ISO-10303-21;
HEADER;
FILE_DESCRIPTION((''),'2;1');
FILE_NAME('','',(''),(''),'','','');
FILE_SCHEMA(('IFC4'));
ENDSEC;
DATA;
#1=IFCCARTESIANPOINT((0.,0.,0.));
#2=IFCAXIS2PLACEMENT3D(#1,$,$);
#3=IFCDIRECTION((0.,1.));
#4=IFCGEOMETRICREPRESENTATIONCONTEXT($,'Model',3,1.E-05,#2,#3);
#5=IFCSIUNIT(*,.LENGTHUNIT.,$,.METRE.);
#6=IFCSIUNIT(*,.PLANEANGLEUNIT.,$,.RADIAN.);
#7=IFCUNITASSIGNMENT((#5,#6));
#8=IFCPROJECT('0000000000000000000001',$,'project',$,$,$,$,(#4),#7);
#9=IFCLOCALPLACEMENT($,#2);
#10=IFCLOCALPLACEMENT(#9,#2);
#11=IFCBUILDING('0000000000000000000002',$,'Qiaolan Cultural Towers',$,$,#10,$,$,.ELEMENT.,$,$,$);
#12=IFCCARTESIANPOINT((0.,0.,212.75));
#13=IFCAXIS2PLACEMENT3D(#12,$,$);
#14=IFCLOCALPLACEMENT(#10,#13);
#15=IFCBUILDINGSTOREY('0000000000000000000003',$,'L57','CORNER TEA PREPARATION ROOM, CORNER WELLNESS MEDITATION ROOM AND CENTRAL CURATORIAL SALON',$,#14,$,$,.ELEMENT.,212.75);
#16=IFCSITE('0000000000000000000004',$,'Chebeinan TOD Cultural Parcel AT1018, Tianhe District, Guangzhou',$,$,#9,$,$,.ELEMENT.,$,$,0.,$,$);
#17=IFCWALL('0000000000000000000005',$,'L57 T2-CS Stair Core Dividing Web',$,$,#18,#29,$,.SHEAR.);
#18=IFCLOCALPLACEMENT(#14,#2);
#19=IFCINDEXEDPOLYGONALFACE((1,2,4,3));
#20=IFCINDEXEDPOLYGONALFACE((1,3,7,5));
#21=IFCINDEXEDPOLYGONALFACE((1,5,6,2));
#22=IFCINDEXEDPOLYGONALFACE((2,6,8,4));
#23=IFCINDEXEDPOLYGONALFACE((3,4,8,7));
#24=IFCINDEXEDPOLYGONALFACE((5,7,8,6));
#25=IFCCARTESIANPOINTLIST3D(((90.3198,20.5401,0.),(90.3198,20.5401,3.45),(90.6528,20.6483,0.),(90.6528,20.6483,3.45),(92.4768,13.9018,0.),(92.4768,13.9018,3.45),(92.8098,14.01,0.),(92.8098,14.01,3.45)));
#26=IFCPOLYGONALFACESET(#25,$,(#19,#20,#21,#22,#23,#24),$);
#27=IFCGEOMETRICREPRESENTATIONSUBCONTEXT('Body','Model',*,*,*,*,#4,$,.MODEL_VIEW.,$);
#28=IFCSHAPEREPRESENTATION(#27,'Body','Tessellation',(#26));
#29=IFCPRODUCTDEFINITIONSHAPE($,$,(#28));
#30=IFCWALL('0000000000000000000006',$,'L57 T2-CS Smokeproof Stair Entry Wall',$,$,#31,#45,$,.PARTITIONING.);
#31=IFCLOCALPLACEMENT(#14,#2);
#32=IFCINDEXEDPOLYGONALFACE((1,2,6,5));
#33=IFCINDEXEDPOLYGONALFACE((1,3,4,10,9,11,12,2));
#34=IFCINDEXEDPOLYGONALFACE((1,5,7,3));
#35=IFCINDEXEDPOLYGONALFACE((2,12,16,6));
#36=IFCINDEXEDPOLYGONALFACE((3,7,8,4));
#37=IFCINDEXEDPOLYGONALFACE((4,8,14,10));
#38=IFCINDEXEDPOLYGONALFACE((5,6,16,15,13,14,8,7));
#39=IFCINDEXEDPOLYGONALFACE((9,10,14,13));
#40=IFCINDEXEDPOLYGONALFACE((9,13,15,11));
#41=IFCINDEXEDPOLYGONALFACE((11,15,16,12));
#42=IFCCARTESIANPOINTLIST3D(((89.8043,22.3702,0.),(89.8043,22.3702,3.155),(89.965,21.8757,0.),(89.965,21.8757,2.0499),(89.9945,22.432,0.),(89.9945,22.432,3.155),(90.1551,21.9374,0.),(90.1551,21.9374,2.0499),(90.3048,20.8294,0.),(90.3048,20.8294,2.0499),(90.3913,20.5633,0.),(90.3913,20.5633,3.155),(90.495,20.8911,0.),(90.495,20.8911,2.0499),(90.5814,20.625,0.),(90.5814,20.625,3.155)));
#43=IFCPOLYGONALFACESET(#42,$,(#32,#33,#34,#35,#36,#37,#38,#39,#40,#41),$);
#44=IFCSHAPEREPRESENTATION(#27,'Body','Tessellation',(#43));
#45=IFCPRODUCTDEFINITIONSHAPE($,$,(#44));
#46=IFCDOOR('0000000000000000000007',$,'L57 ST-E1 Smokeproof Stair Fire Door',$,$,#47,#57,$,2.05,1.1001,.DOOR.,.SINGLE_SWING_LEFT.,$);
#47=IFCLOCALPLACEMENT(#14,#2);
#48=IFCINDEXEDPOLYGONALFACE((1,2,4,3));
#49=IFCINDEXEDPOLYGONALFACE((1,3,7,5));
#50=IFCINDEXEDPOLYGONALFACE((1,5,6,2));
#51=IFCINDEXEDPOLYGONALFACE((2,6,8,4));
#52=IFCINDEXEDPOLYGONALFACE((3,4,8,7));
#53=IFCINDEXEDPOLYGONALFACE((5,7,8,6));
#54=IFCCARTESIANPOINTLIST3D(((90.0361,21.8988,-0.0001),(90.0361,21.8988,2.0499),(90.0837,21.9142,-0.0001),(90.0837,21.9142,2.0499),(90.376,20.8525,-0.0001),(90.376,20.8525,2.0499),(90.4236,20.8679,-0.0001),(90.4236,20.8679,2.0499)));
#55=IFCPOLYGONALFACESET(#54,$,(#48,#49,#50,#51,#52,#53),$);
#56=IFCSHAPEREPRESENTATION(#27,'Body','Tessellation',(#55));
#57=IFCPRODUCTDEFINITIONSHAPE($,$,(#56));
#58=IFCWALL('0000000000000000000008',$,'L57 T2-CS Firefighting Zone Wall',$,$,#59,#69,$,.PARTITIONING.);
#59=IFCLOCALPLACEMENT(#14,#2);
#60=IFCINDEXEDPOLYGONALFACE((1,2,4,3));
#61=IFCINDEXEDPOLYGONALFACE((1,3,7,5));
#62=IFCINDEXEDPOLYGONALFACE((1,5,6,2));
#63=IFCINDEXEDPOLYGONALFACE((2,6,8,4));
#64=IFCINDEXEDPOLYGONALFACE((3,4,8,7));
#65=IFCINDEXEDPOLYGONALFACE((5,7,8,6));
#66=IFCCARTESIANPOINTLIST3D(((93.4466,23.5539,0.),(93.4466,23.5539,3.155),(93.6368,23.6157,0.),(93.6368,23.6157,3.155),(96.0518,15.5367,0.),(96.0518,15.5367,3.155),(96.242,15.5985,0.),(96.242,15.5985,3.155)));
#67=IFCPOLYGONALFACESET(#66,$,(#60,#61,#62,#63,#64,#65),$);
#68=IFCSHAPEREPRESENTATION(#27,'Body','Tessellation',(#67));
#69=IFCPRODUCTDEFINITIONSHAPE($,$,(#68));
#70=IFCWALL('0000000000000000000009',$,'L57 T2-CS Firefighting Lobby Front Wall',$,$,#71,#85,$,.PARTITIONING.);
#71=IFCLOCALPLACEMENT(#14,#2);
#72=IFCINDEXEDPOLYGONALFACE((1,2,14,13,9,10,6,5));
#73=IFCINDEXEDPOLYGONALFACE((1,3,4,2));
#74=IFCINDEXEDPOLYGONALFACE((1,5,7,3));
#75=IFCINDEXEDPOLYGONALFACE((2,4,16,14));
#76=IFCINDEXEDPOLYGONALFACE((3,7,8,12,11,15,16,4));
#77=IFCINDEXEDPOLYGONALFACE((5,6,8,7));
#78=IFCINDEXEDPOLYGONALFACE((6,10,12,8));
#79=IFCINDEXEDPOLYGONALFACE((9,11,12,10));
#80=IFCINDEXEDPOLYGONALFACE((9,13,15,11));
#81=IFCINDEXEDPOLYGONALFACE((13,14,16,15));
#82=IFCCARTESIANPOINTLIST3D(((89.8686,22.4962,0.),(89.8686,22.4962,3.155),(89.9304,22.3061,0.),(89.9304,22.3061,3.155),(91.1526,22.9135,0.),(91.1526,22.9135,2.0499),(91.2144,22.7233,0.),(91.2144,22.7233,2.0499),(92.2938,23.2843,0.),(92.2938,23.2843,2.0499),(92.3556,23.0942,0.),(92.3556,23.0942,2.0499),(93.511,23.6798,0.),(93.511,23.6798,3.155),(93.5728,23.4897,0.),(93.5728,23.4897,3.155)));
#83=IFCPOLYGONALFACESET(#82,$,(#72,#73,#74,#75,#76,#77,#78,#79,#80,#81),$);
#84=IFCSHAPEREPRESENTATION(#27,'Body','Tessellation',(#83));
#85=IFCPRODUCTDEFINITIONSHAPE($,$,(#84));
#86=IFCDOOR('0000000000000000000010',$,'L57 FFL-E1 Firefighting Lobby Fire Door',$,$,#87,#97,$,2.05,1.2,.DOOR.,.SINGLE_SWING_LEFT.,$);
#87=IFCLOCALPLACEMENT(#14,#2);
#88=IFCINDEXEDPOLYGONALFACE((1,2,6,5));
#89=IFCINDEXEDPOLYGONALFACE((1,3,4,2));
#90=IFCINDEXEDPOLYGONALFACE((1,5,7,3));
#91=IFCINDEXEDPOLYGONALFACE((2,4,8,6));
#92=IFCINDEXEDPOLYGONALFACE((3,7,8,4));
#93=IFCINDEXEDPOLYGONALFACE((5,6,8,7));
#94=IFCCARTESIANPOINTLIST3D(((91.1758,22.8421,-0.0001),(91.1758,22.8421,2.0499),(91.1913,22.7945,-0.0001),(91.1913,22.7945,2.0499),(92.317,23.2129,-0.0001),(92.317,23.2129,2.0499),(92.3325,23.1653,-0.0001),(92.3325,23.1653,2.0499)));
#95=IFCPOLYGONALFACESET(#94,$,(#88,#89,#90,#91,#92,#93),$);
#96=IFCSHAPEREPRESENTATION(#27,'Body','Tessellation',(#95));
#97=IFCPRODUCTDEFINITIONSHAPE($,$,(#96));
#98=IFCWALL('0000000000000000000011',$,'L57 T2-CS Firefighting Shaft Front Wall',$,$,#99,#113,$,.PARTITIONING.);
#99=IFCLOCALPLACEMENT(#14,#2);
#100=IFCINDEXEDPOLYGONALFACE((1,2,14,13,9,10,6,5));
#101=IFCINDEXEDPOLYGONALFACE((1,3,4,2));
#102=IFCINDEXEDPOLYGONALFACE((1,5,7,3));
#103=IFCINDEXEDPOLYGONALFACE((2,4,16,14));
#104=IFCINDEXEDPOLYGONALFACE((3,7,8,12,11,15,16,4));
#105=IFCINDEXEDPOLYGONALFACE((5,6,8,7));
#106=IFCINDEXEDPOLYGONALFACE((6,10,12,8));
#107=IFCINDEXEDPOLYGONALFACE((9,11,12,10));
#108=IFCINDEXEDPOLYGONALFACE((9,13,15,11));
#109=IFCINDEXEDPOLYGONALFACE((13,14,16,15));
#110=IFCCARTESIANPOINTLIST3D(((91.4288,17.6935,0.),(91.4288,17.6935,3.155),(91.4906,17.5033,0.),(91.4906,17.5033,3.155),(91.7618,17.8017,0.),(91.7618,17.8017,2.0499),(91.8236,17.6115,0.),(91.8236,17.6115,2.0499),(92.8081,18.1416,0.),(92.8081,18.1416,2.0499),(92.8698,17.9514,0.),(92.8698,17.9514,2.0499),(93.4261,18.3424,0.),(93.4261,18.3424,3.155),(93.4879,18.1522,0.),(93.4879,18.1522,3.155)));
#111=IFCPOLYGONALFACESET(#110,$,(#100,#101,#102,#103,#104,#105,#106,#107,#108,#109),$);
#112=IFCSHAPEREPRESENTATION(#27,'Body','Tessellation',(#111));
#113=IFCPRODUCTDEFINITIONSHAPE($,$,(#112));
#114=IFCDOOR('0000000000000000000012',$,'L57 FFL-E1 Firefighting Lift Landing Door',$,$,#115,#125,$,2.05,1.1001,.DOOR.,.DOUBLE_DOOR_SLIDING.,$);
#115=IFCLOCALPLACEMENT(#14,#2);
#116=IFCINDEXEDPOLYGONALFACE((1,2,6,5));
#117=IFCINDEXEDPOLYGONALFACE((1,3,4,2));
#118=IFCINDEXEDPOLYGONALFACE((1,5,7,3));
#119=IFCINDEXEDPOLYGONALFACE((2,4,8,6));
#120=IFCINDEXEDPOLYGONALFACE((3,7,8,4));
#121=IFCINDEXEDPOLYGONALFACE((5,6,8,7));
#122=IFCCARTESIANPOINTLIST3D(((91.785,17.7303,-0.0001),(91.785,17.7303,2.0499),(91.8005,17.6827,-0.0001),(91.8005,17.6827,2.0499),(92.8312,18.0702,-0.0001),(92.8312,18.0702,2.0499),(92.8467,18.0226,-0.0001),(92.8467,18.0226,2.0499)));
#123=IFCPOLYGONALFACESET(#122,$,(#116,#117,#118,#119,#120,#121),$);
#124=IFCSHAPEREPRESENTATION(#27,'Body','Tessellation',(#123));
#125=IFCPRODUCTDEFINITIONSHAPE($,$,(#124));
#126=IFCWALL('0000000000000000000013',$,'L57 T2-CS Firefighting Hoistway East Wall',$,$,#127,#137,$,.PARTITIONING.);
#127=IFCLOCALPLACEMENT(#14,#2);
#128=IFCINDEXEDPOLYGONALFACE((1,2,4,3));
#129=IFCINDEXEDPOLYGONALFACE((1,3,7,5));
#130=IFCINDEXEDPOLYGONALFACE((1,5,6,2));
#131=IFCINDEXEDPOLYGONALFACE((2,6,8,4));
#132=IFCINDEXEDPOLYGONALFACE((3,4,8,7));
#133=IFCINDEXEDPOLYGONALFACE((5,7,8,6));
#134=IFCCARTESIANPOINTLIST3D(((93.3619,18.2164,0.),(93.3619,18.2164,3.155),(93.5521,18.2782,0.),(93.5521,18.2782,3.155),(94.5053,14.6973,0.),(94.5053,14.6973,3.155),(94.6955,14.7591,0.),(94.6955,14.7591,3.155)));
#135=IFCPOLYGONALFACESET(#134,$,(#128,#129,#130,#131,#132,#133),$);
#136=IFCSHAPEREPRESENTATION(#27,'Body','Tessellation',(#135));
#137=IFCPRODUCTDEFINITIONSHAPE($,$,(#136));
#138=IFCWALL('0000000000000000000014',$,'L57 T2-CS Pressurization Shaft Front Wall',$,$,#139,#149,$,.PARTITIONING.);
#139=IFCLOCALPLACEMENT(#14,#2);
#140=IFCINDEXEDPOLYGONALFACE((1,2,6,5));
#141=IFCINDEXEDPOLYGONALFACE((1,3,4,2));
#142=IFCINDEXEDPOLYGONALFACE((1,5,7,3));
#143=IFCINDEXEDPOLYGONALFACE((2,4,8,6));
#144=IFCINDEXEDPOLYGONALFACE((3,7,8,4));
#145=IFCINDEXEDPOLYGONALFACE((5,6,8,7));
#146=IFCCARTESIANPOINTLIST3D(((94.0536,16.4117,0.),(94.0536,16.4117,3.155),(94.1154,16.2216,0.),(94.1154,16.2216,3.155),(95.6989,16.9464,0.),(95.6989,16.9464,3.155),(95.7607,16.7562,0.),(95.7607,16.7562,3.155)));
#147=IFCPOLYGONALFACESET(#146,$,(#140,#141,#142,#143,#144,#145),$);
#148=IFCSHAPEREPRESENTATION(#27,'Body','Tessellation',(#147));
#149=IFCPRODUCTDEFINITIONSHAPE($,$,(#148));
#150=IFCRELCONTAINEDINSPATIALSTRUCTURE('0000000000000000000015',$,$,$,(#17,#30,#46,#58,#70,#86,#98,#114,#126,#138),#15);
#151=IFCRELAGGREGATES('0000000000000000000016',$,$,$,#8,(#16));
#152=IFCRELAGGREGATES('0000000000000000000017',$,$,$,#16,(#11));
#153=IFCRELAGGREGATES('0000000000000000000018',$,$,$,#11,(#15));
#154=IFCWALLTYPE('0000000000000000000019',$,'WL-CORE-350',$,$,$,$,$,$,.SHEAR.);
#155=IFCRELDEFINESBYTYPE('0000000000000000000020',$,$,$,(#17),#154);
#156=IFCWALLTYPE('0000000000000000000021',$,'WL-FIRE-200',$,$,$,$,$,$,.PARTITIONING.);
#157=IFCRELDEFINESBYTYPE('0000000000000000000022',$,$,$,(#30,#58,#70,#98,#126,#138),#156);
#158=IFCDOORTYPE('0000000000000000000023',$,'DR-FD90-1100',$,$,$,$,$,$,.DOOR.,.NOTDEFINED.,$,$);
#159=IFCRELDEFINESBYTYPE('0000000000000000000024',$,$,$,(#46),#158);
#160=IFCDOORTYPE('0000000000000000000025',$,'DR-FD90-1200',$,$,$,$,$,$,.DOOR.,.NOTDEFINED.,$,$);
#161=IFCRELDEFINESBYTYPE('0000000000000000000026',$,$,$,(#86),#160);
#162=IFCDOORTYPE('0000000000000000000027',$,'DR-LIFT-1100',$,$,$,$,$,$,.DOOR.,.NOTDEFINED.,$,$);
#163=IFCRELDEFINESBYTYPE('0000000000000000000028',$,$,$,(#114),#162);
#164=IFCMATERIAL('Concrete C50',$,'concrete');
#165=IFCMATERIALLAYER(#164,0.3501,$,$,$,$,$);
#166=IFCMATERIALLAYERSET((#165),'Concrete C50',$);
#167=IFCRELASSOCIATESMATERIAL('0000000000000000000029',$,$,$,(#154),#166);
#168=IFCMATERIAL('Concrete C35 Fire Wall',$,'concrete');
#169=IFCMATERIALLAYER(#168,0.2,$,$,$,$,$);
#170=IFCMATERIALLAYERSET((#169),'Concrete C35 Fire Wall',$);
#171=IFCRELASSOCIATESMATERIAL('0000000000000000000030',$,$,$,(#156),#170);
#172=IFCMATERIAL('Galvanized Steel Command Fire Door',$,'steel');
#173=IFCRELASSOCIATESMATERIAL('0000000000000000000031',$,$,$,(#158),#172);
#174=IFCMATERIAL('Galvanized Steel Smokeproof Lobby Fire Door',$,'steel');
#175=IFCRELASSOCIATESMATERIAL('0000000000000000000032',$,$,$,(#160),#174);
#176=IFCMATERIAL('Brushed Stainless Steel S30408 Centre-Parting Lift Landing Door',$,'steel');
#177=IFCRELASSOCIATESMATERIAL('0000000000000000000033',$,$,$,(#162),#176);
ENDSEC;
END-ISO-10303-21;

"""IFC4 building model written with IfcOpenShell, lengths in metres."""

from ifc_helpers import new_model, si_unit, direction, frame, frame_2d, origin, place, context, subcontext, project, spatial, rectangle, extrude, material, layer, layer_set, type_object, element, fill, save


model = new_model("IFC4")

# Units and contexts
model_context = context("Model", 3, precision=1e-05, world=origin(), true_north=direction((0.0, 1.0)))
body_context = subcontext(model_context, "Body", "Model", "MODEL_VIEW")
ifc_project = project(units=[si_unit("LENGTHUNIT", "METRE"), si_unit("PLANEANGLEUNIT", "RADIAN")], contexts=[model_context])

# Site, building, storey
site_placement = place(None, origin())
site = spatial("IfcSite", under=ifc_project, at=site_placement, Name="Chebeinan TOD Cultural Parcel AT1018, Tianhe District, Guangzhou", CompositionType="ELEMENT", RefElevation=0.0)
building_placement = place(site_placement, origin())
building = spatial("IfcBuilding", under=site, at=building_placement, Name="Qiaolan Cultural Towers", CompositionType="ELEMENT")
storey_placement = place(building_placement, frame((0.0, 0.0, 212.75)))
storey = spatial("IfcBuildingStorey", under=building, at=storey_placement, Name="L57", Description="CORNER TEA PREPARATION ROOM, CORNER WELLNESS MEDITATION ROOM AND CENTRAL CURATORIAL SALON", CompositionType="ELEMENT", Elevation=212.75)

# Wall
ifc_material_1 = material(Name="Concrete C50", Category="concrete")
ifc_layer_1 = layer(ifc_material_1, 0.3501)
ifc_layer_set_1 = layer_set([ifc_layer_1], Name="Concrete C50")
wall_type_1 = type_object("IfcWallType", Name="WL-CORE-350", PredefinedType="SHEAR", material=ifc_layer_set_1)
wall_1_placement = place(storey_placement, frame((90.4863, 20.5942, 0.0), z_axis=(0.0, 0.0, 1.0), x_axis=(0.30902, -0.951055, 0.0)))
element("IfcWall", 1, at=wall_1_placement, inside=storey, type_object=wall_type_1, Name="L57 T2-CS Stair Core Dividing Web", PredefinedType="SHEAR", context=body_context, shape_type="SweptSolid", body=[
    extrude(rectangle(XDim=6.98, YDim=0.3501, at=frame_2d((3.49, 0.0))), origin(), (0.0, 0.0, 1.0), 3.45),
])

# Wall, opening, door
ifc_material_2 = material(Name="Concrete C35 Fire Wall", Category="concrete")
ifc_layer_2 = layer(ifc_material_2, 0.2)
ifc_layer_set_2 = layer_set([ifc_layer_2], Name="Concrete C35 Fire Wall")
wall_type_2 = type_object("IfcWallType", Name="WL-FIRE-200", PredefinedType="PARTITIONING", material=ifc_layer_set_2)
wall_2_placement = place(storey_placement, frame((89.8994, 22.4011, 0.0), z_axis=(0.0, 0.0, 1.0), x_axis=(0.308932, -0.951084, 0.0)))
wall_2 = element("IfcWall", 2, at=wall_2_placement, inside=storey, type_object=wall_type_2, Name="L57 T2-CS Smokeproof Stair Entry Wall", PredefinedType="PARTITIONING", context=body_context, shape_type="SweptSolid", body=[
    extrude(rectangle(XDim=1.8999, YDim=0.2, at=frame_2d((0.95, 0.0))), origin(), (0.0, 0.0, 1.0), 3.155),
])
opening_1_placement = place(wall_2_placement, frame((0.52, 0.0, 0.0)))
opening_1 = element("IfcOpeningElement", 3, at=opening_1_placement, cuts=wall_2, PredefinedType="OPENING", context=body_context, shape_type="SweptSolid", body=[
    extrude(rectangle(XDim=1.1001, YDim=2.05, at=frame_2d((0.55, 1.0249))), frame((0.0, 0.1099, 0.0), z_axis=(0.0, -1.0, 0.0), x_axis=(1.0, 0.0, 0.0)), (0.0, 0.0, 1.0), 0.22),
])
ifc_material_3 = material(Name="Galvanized Steel Command Fire Door", Category="steel")
door_type_1 = type_object("IfcDoorType", Name="DR-FD90-1100", OperationType="NOTDEFINED", PredefinedType="DOOR", material=ifc_material_3)
door_1_placement = place(opening_1_placement, origin())
door_1 = element("IfcDoor", 4, at=door_1_placement, inside=storey, type_object=door_type_1, Name="L57 ST-E1 Smokeproof Stair Fire Door", OperationType="SINGLE_SWING_LEFT", OverallHeight=2.05, OverallWidth=1.1001, PredefinedType="DOOR", context=body_context, shape_type="SweptSolid", body=[
    extrude(rectangle(XDim=1.1001, YDim=2.05, at=frame_2d((0.55, 1.0249))), frame((0.0, 0.0249, 0.0), z_axis=(0.0, -1.0, 0.0), x_axis=(1.0, 0.0, 0.0)), (0.0, 0.0, 1.0), 0.05),
])
fill(opening_1, door_1)

# Wall
wall_3_placement = place(storey_placement, frame((93.5417, 23.5847, 0.0), z_axis=(0.0, 0.0, 1.0), x_axis=(0.309042, -0.951048, 0.0)))
element("IfcWall", 5, at=wall_3_placement, inside=storey, type_object=wall_type_2, Name="L57 T2-CS Firefighting Zone Wall", PredefinedType="PARTITIONING", context=body_context, shape_type="SweptSolid", body=[
    extrude(rectangle(XDim=8.4299, YDim=0.2, at=frame_2d((4.2148, 0.0))), origin(), (0.0, 0.0, 1.0), 3.155),
])

# Walls, openings, doors
wall_4_placement = place(storey_placement, frame((89.8994, 22.4011, 0.0), z_axis=(0.0, 0.0, 1.0), x_axis=(0.951047, 0.309047, 0.0)))
wall_4 = element("IfcWall", 6, at=wall_4_placement, inside=storey, type_object=wall_type_2, Name="L57 T2-CS Firefighting Lobby Front Wall", PredefinedType="PARTITIONING", context=body_context, shape_type="SweptSolid", body=[
    extrude(rectangle(XDim=3.8298, YDim=0.2, at=frame_2d((1.915, 0.0))), origin(), (0.0, 0.0, 1.0), 3.155),
])
opening_2_placement = place(wall_4_placement, frame((1.3501, 0.0, 0.0)))
opening_2 = element("IfcOpeningElement", 7, at=opening_2_placement, cuts=wall_4, PredefinedType="OPENING", context=body_context, shape_type="SweptSolid", body=[
    extrude(rectangle(XDim=1.2, YDim=2.05, at=frame_2d((0.6001, 1.0249))), frame((0.0, 0.1099, 0.0), z_axis=(0.0, -1.0, 0.0), x_axis=(1.0, 0.0, 0.0)), (0.0, 0.0, 1.0), 0.22),
])
ifc_material_4 = material(Name="Galvanized Steel Smokeproof Lobby Fire Door", Category="steel")
door_type_2 = type_object("IfcDoorType", Name="DR-FD90-1200", OperationType="NOTDEFINED", PredefinedType="DOOR", material=ifc_material_4)
door_2_placement = place(opening_2_placement, origin())
door_2 = element("IfcDoor", 8, at=door_2_placement, inside=storey, type_object=door_type_2, Name="L57 FFL-E1 Firefighting Lobby Fire Door", OperationType="SINGLE_SWING_LEFT", OverallHeight=2.05, OverallWidth=1.2, PredefinedType="DOOR", context=body_context, shape_type="SweptSolid", body=[
    extrude(rectangle(XDim=1.2, YDim=2.05, at=frame_2d((0.6001, 1.0249))), frame((0.0, 0.0249, 0.0), z_axis=(0.0, -1.0, 0.0), x_axis=(1.0, 0.0, 0.0)), (0.0, 0.0, 1.0), 0.05),
])
fill(opening_2, door_2)
wall_5_placement = place(storey_placement, frame((91.4597, 17.5984, 0.0), z_axis=(0.0, 0.0, 1.0), x_axis=(0.951062, 0.308999, 0.0)))
wall_5 = element("IfcWall", 9, at=wall_5_placement, inside=storey, type_object=wall_type_2, Name="L57 T2-CS Firefighting Shaft Front Wall", PredefinedType="PARTITIONING", context=body_context, shape_type="SweptSolid", body=[
    extrude(rectangle(XDim=2.1001, YDim=0.2, at=frame_2d((1.05, 0.0))), origin(), (0.0, 0.0, 1.0), 3.155),
])
opening_3_placement = place(wall_5_placement, frame((0.3501, 0.0, 0.0)))
opening_3 = element("IfcOpeningElement", 10, at=opening_3_placement, cuts=wall_5, PredefinedType="OPENING", context=body_context, shape_type="SweptSolid", body=[
    extrude(rectangle(XDim=1.1001, YDim=2.05, at=frame_2d((0.55, 1.0249))), frame((0.0, 0.1099, 0.0), z_axis=(0.0, -1.0, 0.0), x_axis=(1.0, 0.0, 0.0)), (0.0, 0.0, 1.0), 0.22),
])
ifc_material_5 = material(Name="Brushed Stainless Steel S30408 Centre-Parting Lift Landing Door", Category="steel")
door_type_3 = type_object("IfcDoorType", Name="DR-LIFT-1100", OperationType="NOTDEFINED", PredefinedType="DOOR", material=ifc_material_5)
door_3_placement = place(opening_3_placement, origin())
door_3 = element("IfcDoor", 11, at=door_3_placement, inside=storey, type_object=door_type_3, Name="L57 FFL-E1 Firefighting Lift Landing Door", OperationType="DOUBLE_DOOR_SLIDING", OverallHeight=2.05, OverallWidth=1.1001, PredefinedType="DOOR", context=body_context, shape_type="SweptSolid", body=[
    extrude(rectangle(XDim=1.1001, YDim=2.05, at=frame_2d((0.55, 1.0249))), frame((0.0, 0.0249, 0.0), z_axis=(0.0, -1.0, 0.0), x_axis=(1.0, 0.0, 0.0)), (0.0, 0.0, 1.0), 0.05),
])
fill(opening_3, door_3)

# Walls
wall_6_placement = place(storey_placement, frame((93.457, 18.2473, 0.0), z_axis=(0.0, 0.0, 1.0), x_axis=(0.308994, -0.951064, 0.0)))
element("IfcWall", 12, at=wall_6_placement, inside=storey, type_object=wall_type_2, Name="L57 T2-CS Firefighting Hoistway East Wall", PredefinedType="PARTITIONING", context=body_context, shape_type="SweptSolid", body=[
    extrude(rectangle(XDim=3.7002, YDim=0.2, at=frame_2d((1.8501, 0.0))), origin(), (0.0, 0.0, 1.0), 3.155),
])
wall_7_placement = place(storey_placement, frame((94.0845, 16.3167, 0.0), z_axis=(0.0, 0.0, 1.0), x_axis=(0.951041, 0.309064, 0.0)))
element("IfcWall", 13, at=wall_7_placement, inside=storey, type_object=wall_type_2, Name="L57 T2-CS Pressurization Shaft Front Wall", PredefinedType="PARTITIONING", context=body_context, shape_type="SweptSolid", body=[
    extrude(rectangle(XDim=1.73, YDim=0.2, at=frame_2d((0.865, 0.0))), origin(), (0.0, 0.0, 1.0), 3.155),
])

save(model, "model.ifc")
